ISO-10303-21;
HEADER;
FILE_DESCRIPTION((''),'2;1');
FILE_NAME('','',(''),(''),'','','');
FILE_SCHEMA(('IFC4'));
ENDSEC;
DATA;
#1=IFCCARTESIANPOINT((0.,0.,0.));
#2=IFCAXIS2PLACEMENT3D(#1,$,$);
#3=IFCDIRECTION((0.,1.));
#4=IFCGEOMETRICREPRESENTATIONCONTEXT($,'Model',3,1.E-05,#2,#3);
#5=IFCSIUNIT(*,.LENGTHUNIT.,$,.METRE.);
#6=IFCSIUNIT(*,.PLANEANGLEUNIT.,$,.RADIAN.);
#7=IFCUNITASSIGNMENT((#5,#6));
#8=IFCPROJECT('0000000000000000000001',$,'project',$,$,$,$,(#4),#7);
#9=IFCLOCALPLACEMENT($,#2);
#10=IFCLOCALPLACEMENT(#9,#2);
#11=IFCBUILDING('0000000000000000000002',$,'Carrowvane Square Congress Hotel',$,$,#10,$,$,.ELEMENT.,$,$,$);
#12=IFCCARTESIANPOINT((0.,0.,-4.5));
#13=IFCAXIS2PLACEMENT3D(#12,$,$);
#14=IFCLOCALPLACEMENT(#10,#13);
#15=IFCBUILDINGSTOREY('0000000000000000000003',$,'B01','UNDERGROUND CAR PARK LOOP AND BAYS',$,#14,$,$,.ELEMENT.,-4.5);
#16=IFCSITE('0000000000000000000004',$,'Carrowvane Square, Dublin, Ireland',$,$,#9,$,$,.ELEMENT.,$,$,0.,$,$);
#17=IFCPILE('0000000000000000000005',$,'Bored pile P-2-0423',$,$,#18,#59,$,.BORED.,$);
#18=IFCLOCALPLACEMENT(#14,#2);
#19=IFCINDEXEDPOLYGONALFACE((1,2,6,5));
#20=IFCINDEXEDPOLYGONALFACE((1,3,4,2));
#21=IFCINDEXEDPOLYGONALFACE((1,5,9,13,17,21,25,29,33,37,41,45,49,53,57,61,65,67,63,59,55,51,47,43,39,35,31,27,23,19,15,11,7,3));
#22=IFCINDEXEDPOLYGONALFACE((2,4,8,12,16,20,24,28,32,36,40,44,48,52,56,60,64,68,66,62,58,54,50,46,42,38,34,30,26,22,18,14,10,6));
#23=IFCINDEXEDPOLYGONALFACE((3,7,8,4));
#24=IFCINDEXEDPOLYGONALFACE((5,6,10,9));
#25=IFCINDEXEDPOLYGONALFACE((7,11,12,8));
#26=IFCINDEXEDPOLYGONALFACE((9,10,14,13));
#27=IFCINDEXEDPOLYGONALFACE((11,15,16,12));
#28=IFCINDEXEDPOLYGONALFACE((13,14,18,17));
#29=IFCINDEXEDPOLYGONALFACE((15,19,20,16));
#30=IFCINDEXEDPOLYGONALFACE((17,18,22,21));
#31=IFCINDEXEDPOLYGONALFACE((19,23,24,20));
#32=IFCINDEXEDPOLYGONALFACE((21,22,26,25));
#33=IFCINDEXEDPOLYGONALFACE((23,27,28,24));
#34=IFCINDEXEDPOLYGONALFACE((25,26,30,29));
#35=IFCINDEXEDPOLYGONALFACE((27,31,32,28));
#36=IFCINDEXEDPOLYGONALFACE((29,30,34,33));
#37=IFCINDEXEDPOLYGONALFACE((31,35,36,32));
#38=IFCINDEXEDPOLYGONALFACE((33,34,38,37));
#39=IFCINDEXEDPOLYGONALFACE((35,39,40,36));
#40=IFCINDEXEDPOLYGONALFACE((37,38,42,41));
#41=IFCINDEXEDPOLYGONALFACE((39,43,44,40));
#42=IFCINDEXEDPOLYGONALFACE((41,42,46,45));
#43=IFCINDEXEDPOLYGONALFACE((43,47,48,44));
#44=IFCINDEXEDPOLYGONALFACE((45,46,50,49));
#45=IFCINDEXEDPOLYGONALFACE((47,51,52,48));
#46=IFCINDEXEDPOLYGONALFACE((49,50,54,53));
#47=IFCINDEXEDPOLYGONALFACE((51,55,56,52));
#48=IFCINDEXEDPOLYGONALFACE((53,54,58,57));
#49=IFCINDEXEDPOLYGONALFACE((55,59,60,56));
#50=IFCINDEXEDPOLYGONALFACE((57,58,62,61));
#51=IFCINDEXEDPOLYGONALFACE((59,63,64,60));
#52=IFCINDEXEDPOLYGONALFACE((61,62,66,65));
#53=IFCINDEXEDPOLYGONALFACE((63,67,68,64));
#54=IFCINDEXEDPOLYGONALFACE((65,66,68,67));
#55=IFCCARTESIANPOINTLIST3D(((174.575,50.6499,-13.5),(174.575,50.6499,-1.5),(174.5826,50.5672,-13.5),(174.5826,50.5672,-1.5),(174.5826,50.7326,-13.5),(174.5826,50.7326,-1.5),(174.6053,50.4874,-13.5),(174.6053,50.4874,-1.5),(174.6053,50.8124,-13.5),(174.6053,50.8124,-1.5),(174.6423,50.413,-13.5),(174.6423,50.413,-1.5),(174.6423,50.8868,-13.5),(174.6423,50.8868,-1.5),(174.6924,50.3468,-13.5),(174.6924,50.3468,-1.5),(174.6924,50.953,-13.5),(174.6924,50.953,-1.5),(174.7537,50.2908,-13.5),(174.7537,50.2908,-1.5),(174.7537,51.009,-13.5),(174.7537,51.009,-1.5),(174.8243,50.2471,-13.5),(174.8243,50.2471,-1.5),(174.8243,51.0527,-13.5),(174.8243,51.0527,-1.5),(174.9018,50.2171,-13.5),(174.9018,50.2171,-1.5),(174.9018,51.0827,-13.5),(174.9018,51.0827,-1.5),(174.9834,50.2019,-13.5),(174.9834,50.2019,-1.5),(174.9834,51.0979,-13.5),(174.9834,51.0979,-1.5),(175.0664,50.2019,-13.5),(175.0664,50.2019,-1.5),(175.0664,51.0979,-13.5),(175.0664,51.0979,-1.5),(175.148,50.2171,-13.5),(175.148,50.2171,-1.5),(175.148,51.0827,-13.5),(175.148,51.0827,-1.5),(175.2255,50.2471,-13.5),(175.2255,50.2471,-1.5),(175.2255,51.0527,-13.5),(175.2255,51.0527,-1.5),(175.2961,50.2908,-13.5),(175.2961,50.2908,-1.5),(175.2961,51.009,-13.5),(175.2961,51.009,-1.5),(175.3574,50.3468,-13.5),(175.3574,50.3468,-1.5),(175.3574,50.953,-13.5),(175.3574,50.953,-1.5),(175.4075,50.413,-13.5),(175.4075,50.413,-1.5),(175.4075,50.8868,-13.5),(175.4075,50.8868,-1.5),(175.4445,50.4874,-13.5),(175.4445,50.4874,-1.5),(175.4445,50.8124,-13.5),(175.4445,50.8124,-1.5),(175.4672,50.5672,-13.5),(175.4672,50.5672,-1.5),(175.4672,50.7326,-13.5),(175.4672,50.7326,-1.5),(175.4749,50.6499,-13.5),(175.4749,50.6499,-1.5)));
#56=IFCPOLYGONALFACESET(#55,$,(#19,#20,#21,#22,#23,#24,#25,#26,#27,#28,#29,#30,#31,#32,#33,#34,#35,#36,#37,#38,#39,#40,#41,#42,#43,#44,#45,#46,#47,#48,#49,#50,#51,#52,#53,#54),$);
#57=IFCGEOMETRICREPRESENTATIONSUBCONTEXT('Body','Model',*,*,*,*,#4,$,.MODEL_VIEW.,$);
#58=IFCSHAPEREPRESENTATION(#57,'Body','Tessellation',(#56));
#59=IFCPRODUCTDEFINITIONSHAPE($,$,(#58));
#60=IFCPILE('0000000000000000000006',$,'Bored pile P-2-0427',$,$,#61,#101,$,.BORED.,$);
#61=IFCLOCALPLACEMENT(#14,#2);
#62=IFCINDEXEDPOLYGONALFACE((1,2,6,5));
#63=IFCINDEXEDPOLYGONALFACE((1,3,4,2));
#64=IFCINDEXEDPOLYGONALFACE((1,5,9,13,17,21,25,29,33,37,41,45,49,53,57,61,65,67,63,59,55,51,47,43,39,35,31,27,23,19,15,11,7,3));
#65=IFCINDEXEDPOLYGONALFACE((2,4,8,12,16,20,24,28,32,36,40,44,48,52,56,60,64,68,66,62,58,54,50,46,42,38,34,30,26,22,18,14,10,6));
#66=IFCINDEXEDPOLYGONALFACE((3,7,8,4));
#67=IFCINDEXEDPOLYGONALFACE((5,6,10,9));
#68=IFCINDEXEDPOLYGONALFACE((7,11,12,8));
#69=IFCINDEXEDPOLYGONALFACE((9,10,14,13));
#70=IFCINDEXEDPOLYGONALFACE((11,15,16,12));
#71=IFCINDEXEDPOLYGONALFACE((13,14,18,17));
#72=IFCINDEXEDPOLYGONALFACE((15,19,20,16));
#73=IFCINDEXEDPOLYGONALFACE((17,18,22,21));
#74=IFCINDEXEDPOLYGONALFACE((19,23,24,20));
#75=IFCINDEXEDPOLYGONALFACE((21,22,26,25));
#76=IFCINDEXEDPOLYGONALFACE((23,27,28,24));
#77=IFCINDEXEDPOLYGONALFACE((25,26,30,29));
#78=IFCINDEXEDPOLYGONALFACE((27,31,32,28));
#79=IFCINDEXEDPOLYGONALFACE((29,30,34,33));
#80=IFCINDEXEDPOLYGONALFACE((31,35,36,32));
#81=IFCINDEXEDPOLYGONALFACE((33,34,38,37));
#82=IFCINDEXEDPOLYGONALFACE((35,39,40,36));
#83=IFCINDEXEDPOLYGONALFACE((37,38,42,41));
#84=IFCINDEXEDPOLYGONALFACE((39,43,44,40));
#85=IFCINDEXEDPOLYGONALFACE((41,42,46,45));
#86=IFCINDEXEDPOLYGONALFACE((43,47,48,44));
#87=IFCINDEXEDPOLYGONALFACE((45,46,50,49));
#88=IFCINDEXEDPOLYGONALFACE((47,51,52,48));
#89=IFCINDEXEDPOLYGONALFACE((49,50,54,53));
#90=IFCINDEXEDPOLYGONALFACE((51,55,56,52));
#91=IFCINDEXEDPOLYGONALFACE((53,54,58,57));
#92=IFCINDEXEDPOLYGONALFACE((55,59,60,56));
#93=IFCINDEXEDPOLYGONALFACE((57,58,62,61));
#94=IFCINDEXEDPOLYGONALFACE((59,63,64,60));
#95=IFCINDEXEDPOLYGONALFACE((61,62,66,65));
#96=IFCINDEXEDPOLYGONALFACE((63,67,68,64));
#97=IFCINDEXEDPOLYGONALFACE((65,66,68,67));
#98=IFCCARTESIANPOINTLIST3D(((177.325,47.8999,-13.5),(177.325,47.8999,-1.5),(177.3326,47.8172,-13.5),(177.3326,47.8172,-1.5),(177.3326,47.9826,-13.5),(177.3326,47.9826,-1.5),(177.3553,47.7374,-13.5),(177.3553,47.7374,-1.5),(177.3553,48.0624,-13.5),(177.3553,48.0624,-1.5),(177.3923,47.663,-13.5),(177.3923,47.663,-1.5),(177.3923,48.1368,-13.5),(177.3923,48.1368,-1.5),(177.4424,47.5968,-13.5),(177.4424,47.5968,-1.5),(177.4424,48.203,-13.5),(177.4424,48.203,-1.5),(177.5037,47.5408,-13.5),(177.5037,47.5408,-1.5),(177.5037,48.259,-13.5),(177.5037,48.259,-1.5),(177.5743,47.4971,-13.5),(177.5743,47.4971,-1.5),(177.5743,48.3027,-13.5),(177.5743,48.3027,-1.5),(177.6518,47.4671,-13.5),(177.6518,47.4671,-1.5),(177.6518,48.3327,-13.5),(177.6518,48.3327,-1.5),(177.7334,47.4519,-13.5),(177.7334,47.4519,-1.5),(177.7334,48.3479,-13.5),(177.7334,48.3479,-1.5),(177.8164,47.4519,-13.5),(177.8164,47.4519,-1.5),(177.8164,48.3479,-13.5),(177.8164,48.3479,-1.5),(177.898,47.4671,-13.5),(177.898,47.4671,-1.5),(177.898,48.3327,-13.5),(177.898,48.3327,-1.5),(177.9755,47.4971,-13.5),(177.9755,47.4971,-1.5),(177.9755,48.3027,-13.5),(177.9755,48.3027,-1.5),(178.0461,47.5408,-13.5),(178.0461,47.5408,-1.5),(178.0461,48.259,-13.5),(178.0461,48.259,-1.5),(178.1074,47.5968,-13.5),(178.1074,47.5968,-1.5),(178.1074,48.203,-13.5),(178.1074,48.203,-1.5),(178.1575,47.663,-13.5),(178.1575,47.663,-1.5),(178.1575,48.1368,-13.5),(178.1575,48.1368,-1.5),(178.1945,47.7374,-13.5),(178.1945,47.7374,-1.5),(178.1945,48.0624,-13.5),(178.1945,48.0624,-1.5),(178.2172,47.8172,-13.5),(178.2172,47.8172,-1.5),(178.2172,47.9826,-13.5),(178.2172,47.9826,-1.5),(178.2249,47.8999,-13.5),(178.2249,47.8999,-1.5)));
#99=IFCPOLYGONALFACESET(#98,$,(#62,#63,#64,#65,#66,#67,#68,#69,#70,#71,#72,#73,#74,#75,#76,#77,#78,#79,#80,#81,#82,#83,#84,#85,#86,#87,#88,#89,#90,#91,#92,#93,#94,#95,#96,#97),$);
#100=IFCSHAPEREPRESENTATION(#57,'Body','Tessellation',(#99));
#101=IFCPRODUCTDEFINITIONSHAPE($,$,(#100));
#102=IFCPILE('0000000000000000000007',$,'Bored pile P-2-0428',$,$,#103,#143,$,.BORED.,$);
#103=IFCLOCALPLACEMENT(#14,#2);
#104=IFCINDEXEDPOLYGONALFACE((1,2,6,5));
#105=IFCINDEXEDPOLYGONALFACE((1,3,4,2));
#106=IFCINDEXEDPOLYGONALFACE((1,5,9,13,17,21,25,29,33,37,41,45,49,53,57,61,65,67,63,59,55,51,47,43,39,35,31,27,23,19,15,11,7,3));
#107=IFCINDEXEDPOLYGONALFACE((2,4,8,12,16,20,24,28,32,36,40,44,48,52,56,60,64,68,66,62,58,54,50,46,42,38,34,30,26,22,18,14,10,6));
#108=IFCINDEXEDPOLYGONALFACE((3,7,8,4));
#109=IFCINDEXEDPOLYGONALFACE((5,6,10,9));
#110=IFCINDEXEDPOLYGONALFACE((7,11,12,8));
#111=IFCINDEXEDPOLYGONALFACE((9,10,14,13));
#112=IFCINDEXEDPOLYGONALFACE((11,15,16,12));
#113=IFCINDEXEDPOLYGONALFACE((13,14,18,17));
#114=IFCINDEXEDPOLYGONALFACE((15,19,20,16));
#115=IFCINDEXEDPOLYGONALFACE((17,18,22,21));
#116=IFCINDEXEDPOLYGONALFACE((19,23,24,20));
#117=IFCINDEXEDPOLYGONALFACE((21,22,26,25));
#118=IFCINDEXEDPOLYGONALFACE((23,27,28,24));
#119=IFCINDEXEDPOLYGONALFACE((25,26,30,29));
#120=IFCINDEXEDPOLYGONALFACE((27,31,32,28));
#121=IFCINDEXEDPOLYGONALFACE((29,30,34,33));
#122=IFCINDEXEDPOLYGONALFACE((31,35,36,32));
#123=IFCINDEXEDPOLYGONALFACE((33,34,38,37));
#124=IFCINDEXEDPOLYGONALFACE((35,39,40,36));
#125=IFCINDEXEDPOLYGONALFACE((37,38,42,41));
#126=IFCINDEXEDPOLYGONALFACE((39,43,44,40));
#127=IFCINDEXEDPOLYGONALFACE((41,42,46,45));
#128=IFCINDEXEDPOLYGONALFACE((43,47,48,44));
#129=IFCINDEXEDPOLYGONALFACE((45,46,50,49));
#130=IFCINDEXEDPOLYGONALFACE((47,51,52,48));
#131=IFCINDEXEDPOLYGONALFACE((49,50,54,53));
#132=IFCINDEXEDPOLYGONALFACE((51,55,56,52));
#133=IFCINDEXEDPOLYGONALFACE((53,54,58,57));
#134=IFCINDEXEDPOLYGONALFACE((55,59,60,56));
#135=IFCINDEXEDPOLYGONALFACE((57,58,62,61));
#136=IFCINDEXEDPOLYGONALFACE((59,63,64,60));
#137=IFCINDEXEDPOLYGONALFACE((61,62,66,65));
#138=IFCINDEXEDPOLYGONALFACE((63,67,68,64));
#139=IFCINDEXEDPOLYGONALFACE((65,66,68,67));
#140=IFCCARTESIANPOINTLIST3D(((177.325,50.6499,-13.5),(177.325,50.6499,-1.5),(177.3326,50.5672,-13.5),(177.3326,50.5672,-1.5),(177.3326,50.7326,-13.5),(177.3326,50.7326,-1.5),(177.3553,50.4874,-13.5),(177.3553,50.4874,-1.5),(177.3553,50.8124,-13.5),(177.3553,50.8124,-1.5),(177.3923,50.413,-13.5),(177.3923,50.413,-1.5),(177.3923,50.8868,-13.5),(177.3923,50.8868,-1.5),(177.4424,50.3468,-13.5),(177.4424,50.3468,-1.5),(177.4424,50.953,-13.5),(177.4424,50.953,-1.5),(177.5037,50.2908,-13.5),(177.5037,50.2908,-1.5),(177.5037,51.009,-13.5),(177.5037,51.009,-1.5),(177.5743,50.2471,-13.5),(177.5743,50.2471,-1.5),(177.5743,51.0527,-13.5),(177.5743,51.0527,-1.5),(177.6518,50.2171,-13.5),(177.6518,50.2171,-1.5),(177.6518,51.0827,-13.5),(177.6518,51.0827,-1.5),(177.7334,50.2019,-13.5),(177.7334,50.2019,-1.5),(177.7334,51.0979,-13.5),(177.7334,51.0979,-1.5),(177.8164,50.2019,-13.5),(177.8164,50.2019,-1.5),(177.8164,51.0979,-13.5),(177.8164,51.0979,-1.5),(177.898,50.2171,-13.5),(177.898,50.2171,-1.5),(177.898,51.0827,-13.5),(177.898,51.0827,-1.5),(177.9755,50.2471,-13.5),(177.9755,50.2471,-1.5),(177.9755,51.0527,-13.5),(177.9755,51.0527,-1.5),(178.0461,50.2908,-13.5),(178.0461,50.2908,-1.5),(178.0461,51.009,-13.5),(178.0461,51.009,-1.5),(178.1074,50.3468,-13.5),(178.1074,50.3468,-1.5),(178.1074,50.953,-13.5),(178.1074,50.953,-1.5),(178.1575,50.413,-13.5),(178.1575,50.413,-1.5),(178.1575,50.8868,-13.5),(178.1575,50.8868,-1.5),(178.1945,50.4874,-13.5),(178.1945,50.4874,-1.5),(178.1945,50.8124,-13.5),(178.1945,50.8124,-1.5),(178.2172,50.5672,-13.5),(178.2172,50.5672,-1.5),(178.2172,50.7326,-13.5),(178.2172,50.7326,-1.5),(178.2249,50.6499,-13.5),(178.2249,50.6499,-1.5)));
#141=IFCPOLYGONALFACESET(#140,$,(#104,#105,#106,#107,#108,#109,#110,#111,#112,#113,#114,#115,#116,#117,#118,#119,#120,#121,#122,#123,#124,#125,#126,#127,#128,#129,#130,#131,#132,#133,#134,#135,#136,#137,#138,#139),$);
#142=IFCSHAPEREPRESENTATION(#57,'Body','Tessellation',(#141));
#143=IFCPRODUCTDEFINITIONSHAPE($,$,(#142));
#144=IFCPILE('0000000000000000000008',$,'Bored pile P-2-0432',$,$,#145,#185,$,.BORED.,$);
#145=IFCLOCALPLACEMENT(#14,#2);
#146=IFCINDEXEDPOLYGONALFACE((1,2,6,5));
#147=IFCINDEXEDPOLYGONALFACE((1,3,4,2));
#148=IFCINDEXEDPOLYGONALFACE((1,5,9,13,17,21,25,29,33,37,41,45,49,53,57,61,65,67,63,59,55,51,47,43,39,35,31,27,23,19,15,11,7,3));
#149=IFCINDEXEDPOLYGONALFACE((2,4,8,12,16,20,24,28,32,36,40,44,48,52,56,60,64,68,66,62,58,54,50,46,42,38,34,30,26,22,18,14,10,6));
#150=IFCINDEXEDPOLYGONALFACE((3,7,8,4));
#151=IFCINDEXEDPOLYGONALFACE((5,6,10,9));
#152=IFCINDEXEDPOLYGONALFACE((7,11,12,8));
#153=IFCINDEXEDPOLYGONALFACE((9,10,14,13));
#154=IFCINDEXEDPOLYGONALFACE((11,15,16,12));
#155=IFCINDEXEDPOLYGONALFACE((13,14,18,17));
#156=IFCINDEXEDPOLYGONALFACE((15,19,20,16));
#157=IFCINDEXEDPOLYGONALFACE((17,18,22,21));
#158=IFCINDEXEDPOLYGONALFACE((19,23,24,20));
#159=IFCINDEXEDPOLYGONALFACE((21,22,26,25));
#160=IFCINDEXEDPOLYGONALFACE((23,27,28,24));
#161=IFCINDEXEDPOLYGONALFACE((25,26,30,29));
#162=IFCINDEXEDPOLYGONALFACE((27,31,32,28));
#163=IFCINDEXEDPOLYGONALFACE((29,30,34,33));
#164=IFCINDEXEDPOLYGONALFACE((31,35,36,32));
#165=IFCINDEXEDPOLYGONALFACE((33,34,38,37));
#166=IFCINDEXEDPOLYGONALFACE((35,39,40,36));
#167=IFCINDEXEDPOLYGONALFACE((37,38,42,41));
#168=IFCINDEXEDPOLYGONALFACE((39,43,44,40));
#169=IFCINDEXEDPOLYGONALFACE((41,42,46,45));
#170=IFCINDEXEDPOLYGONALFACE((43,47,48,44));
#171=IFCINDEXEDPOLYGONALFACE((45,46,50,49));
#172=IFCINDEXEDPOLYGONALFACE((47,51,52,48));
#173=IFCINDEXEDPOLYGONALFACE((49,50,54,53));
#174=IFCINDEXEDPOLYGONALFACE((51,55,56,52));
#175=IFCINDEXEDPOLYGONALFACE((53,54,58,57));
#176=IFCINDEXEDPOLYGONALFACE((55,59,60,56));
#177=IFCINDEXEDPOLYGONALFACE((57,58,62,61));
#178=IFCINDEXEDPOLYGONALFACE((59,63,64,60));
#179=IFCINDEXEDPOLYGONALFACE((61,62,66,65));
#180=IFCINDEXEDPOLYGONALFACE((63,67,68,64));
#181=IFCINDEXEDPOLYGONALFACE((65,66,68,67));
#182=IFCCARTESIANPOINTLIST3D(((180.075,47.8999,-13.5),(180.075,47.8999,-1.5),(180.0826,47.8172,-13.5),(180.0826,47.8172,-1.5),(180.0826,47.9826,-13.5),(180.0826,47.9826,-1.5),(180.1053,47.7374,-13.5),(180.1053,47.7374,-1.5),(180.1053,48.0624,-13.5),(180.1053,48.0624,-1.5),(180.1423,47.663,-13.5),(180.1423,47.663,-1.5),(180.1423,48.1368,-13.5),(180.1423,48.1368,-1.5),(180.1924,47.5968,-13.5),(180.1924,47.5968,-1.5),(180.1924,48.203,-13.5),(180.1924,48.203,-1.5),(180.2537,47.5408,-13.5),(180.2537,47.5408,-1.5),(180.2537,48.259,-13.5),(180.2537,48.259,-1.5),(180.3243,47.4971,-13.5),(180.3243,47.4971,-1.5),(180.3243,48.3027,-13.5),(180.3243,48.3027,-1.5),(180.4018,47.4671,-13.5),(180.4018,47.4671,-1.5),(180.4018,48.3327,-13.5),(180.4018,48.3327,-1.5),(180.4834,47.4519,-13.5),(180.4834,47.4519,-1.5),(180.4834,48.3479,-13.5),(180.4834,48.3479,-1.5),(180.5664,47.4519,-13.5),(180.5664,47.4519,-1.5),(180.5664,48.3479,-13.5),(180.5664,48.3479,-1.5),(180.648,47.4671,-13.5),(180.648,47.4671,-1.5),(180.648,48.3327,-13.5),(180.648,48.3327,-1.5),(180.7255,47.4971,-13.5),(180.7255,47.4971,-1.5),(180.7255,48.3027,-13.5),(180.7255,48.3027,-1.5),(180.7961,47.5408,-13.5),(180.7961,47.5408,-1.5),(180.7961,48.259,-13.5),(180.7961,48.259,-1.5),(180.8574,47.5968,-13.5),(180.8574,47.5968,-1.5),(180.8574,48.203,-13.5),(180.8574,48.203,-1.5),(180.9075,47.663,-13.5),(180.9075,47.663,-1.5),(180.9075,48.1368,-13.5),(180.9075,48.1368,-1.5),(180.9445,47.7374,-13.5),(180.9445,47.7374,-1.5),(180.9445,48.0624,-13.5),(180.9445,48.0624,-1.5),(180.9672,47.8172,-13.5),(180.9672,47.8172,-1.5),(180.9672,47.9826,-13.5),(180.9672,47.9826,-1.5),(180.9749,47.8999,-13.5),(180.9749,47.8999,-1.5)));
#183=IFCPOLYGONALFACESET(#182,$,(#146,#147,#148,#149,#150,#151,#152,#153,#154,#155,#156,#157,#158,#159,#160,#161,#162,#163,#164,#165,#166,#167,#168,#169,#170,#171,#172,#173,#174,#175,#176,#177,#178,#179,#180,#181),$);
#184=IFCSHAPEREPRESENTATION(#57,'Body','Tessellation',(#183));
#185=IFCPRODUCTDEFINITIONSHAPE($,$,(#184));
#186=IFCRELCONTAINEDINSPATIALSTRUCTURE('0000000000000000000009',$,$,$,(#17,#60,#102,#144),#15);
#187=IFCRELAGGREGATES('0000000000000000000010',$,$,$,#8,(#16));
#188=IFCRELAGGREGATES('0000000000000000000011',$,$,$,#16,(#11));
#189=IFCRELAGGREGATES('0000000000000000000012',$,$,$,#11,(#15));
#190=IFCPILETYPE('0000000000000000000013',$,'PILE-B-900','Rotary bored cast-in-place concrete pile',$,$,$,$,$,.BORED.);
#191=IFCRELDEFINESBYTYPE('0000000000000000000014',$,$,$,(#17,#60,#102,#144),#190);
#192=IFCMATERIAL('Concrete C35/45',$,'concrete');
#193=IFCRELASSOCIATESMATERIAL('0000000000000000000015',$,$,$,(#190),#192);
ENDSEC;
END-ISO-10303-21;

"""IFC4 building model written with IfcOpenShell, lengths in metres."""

from ifc_helpers import new_model, si_unit, direction, frame, origin, origin_2d, place, context, subcontext, project, spatial, circle, extrude, material, material_profile, profile_set, type_object, element, save


model = new_model("IFC4")

# Units and contexts
model_context = context("Model", 3, precision=1e-05, world=origin(), true_north=direction((0.0, 1.0)))
body_context = subcontext(model_context, "Body", "Model", "MODEL_VIEW")
ifc_project = project(units=[si_unit("LENGTHUNIT", "METRE"), si_unit("PLANEANGLEUNIT", "RADIAN")], contexts=[model_context])

# Site, building, storey
site_placement = place(None, origin())
site = spatial("IfcSite", under=ifc_project, at=site_placement, Name="Carrowvane Square, Dublin, Ireland", CompositionType="ELEMENT", RefElevation=0.0)
building_placement = place(site_placement, origin())
building = spatial("IfcBuilding", under=site, at=building_placement, Name="Carrowvane Square Congress Hotel", CompositionType="ELEMENT")
storey_placement = place(building_placement, frame((0.0, 0.0, -4.5)))
storey = spatial("IfcBuildingStorey", under=building, at=storey_placement, Name="B01", Description="UNDERGROUND CAR PARK LOOP AND BAYS", CompositionType="ELEMENT", Elevation=-4.5)

# Piles
ifc_material_1 = material(Name="Concrete C35/45", Category="concrete")
ifc_material_profile_1 = material_profile(ifc_material_1, circle(Radius=0.45, at=origin_2d()), Name="PILE D900")
ifc_profile_set_1 = profile_set([ifc_material_profile_1], Name="Concrete C35/45")
pile_type_1 = type_object("IfcPileType", Name="PILE-B-900", Description="Rotary bored cast-in-place concrete pile", PredefinedType="BORED", material=ifc_profile_set_1)
for number, where, z_axis, x_axis, name in (
    (1, (175.0249, 50.6499, -1.5), (0.0, 0.0, -1.0), (1.0, 0.0, 0.0), "Bored pile P-2-0423"),
    (2, (177.7749, 47.8999, -1.5), (0.0, 0.0, -1.0), (1.0, 0.0, 0.0), "Bored pile P-2-0427"),
    (3, (177.7749, 50.6499, -1.5), (0.0, 0.0, -1.0), (1.0, 0.0, 0.0), "Bored pile P-2-0428"),
    (4, (180.5249, 47.8999, -1.5), (0.0, 0.0, -1.0), (1.0, 0.0, 0.0), "Bored pile P-2-0432"),
):
    element("IfcPile", number, at=place(storey_placement, frame(where, z_axis=z_axis, x_axis=x_axis)), inside=storey, type_object=pile_type_1, Name=name, PredefinedType="BORED", context=body_context, shape_type="SweptSolid", body=[
        extrude(circle(Radius=0.45, at=origin_2d()), origin(), (0.0, 0.0, 1.0), 12.0),
    ])

save(model, "model.ifc")
